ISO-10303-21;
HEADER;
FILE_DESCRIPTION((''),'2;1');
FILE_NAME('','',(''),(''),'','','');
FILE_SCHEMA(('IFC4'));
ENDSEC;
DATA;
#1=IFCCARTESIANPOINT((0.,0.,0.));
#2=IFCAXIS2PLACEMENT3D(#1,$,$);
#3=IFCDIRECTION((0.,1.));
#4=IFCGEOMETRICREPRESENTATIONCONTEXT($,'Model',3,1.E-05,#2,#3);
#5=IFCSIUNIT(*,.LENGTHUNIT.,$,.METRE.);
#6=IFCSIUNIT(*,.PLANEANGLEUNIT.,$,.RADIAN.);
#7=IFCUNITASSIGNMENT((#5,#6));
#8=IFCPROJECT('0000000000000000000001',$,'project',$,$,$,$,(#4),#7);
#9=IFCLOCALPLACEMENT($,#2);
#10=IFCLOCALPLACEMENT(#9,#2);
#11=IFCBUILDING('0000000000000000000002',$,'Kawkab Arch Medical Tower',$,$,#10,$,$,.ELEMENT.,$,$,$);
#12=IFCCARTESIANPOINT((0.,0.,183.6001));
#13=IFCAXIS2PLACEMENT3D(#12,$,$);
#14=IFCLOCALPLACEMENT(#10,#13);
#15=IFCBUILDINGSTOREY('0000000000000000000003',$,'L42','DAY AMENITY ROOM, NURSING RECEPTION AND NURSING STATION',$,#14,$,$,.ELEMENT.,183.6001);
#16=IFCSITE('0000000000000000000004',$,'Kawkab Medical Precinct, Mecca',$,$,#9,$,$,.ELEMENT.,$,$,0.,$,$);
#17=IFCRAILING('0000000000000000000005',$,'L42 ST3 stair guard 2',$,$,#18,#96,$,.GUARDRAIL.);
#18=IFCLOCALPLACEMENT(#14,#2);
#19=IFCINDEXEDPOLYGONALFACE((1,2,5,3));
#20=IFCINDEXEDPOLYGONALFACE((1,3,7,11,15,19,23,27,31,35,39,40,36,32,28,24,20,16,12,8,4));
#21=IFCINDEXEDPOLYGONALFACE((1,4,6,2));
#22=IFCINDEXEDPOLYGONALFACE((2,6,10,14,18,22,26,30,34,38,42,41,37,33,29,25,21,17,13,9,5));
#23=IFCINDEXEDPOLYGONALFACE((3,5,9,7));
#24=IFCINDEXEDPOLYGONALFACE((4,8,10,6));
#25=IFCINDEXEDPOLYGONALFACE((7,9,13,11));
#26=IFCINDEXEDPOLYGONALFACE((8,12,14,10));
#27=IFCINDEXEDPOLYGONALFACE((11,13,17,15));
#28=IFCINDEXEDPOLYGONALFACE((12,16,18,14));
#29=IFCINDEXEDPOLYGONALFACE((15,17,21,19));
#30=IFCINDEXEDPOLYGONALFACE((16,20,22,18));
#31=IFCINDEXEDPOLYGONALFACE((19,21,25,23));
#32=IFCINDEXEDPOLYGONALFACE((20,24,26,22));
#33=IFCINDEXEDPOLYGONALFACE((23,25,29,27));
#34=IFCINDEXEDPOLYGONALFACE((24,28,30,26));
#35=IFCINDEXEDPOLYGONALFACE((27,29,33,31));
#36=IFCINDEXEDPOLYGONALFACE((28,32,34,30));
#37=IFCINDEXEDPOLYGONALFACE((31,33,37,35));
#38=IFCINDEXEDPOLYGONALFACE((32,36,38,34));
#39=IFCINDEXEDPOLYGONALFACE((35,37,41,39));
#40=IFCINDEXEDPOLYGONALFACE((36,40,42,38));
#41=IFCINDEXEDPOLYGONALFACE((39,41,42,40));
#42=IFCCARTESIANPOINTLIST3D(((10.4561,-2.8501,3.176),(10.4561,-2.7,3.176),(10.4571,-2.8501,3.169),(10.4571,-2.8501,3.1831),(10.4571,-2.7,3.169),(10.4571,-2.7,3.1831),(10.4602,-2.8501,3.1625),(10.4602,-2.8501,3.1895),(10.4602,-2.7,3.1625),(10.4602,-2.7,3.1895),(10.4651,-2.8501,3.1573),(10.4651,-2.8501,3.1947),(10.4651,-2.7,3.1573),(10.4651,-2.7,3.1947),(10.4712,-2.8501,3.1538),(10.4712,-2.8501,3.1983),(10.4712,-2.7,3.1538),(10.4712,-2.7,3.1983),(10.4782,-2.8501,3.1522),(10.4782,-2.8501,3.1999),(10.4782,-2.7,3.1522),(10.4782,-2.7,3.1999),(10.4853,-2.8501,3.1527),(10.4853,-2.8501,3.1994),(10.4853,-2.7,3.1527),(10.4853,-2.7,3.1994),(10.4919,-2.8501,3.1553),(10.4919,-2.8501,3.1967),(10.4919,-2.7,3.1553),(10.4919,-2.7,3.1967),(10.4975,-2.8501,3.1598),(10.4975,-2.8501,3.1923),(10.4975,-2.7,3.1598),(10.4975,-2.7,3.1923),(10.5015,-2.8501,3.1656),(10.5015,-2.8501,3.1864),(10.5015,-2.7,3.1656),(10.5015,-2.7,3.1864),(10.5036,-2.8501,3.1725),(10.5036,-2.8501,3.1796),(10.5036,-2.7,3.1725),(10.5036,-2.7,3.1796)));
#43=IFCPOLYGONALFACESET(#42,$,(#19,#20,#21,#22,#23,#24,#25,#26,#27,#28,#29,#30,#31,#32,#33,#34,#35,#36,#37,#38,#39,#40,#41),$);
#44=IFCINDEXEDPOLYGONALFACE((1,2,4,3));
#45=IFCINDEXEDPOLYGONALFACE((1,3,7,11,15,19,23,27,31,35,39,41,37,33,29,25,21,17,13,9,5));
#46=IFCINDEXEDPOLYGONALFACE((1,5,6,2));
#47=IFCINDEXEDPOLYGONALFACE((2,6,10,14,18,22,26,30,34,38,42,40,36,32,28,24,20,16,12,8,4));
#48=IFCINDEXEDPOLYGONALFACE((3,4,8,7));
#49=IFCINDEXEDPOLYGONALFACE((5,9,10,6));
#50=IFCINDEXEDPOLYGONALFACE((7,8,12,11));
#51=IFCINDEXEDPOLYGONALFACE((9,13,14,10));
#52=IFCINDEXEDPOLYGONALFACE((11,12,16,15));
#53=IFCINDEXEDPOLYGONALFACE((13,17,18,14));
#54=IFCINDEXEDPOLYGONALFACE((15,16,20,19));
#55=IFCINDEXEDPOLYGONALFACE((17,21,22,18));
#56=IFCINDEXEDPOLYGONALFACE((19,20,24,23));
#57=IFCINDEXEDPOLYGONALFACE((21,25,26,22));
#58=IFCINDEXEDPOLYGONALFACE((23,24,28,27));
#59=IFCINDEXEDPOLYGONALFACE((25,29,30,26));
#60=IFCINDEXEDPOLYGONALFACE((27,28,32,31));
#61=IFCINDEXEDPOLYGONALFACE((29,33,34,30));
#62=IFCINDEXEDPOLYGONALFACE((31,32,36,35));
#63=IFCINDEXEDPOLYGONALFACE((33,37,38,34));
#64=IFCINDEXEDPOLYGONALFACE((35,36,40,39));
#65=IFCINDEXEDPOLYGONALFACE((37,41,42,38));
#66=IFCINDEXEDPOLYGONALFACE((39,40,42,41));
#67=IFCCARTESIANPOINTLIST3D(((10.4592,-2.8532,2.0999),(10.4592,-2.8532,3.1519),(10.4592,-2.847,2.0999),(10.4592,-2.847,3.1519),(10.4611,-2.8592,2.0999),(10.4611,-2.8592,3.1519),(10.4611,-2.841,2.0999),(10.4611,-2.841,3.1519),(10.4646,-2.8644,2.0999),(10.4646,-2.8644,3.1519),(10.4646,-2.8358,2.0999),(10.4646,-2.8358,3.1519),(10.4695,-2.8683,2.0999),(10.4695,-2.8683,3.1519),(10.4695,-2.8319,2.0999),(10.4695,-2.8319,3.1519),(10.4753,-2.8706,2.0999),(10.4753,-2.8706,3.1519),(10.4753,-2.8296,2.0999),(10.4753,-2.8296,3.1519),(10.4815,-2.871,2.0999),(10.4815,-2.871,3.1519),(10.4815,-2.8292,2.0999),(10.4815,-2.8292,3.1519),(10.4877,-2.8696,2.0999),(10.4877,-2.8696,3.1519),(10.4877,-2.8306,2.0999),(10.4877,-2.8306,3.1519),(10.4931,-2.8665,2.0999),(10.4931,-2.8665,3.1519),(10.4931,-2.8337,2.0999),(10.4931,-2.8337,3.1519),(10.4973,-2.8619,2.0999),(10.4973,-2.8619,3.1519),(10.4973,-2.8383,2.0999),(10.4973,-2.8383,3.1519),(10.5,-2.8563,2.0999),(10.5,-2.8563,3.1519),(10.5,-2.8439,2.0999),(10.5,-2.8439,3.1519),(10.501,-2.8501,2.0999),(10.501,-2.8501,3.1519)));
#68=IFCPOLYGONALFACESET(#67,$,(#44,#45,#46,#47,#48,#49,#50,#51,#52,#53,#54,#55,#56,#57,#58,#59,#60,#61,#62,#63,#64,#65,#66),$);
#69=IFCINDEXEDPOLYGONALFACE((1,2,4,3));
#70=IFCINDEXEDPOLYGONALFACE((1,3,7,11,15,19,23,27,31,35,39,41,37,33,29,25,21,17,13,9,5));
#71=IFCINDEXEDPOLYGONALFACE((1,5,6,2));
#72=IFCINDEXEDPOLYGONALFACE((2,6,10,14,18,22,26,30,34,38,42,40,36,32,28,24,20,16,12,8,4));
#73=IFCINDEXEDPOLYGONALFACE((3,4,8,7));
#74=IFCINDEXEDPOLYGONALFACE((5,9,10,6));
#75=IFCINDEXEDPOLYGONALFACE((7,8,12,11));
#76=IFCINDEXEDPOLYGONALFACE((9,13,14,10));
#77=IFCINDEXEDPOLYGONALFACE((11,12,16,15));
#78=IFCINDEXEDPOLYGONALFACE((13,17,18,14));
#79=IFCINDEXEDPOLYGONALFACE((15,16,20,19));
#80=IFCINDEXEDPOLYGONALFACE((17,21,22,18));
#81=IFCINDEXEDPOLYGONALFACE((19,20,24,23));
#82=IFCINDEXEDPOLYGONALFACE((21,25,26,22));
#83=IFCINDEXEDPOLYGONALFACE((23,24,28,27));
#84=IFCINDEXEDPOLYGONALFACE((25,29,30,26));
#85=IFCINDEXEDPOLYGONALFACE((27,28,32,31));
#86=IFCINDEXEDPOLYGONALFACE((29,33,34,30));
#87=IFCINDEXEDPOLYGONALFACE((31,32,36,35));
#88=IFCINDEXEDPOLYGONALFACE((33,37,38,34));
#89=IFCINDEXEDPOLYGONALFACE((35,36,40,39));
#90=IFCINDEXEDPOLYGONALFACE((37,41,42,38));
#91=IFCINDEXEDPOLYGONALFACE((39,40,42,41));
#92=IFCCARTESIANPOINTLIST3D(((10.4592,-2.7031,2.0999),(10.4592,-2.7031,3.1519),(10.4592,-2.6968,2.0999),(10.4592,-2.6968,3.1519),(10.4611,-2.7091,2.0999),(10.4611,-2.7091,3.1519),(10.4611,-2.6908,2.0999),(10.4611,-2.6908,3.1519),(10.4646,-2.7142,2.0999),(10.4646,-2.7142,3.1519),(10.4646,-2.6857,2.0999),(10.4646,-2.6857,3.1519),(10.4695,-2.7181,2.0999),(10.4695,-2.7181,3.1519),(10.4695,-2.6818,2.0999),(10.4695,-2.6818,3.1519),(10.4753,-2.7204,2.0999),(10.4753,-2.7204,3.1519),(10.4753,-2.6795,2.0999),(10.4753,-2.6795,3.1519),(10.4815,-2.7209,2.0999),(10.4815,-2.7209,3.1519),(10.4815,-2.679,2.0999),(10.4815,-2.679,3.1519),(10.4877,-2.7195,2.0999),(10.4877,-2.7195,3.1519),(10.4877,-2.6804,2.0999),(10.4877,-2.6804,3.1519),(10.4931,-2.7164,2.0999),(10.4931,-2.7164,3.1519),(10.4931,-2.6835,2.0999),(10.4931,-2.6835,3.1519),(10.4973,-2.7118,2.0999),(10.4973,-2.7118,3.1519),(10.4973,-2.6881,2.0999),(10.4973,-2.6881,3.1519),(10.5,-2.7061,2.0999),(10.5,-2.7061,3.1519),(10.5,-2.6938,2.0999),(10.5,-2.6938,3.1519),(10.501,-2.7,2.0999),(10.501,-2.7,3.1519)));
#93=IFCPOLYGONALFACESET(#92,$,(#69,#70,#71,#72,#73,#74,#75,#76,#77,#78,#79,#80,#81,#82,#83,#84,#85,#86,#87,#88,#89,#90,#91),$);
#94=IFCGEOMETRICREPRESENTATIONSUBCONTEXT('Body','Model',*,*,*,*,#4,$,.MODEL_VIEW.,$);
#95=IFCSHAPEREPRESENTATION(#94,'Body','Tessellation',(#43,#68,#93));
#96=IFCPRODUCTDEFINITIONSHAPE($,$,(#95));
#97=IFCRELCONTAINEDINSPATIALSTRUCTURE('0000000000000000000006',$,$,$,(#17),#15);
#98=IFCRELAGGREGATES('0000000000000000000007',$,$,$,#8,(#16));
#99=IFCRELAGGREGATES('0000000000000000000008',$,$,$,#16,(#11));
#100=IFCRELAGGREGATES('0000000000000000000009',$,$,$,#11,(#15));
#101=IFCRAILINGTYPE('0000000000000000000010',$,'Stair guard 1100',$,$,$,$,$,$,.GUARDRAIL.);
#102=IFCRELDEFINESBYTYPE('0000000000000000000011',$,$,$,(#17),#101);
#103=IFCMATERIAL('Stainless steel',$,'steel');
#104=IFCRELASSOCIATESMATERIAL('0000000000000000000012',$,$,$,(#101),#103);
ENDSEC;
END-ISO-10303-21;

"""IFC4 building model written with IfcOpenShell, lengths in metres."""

from ifc_helpers import new_model, si_unit, direction, frame, origin, origin_2d, place, context, subcontext, project, spatial, circle, extrude, material, type_object, element, save


model = new_model("IFC4")

# Units and contexts
model_context = context("Model", 3, precision=1e-05, world=origin(), true_north=direction((0.0, 1.0)))
body_context = subcontext(model_context, "Body", "Model", "MODEL_VIEW")
ifc_project = project(units=[si_unit("LENGTHUNIT", "METRE"), si_unit("PLANEANGLEUNIT", "RADIAN")], contexts=[model_context])

# Site, building, storey
site_placement = place(None, origin())
site = spatial("IfcSite", under=ifc_project, at=site_placement, Name="Kawkab Medical Precinct, Mecca", CompositionType="ELEMENT", RefElevation=0.0)
building_placement = place(site_placement, origin())
building = spatial("IfcBuilding", under=site, at=building_placement, Name="Kawkab Arch Medical Tower", CompositionType="ELEMENT")
storey_placement = place(building_placement, frame((0.0, 0.0, 183.6001)))
storey = spatial("IfcBuildingStorey", under=building, at=storey_placement, Name="L42", Description="DAY AMENITY ROOM, NURSING RECEPTION AND NURSING STATION", CompositionType="ELEMENT", Elevation=183.6001)

# Railing
ifc_material_1 = material(Name="Stainless steel", Category="steel")
railing_type_1 = type_object("IfcRailingType", Name="Stair guard 1100", PredefinedType="GUARDRAIL", material=ifc_material_1)
railing_1_placement = place(storey_placement, frame((10.48, -2.8501, 2.0999)))
element("IfcRailing", 1, at=railing_1_placement, inside=storey, type_object=railing_type_1, Name="L42 ST3 stair guard 2", PredefinedType="GUARDRAIL", context=body_context, shape_type="SweptSolid", body=[
    extrude(circle(Radius=0.0239, at=origin_2d()), frame((0.0, 0.0, 1.0762), z_axis=(0.0, 1.0, 0.0), x_axis=(-1.0, 0.0, 0.0)), (0.0, 0.0, 1.0), 0.1501),
    extrude(circle(Radius=0.021, at=origin_2d()), origin(), (0.0, 0.0, 1.0), 1.052),
    extrude(circle(Radius=0.021, at=origin_2d()), frame((0.0, 0.1501, 0.0)), (0.0, 0.0, 1.0), 1.052),
])

save(model, "model.ifc")
